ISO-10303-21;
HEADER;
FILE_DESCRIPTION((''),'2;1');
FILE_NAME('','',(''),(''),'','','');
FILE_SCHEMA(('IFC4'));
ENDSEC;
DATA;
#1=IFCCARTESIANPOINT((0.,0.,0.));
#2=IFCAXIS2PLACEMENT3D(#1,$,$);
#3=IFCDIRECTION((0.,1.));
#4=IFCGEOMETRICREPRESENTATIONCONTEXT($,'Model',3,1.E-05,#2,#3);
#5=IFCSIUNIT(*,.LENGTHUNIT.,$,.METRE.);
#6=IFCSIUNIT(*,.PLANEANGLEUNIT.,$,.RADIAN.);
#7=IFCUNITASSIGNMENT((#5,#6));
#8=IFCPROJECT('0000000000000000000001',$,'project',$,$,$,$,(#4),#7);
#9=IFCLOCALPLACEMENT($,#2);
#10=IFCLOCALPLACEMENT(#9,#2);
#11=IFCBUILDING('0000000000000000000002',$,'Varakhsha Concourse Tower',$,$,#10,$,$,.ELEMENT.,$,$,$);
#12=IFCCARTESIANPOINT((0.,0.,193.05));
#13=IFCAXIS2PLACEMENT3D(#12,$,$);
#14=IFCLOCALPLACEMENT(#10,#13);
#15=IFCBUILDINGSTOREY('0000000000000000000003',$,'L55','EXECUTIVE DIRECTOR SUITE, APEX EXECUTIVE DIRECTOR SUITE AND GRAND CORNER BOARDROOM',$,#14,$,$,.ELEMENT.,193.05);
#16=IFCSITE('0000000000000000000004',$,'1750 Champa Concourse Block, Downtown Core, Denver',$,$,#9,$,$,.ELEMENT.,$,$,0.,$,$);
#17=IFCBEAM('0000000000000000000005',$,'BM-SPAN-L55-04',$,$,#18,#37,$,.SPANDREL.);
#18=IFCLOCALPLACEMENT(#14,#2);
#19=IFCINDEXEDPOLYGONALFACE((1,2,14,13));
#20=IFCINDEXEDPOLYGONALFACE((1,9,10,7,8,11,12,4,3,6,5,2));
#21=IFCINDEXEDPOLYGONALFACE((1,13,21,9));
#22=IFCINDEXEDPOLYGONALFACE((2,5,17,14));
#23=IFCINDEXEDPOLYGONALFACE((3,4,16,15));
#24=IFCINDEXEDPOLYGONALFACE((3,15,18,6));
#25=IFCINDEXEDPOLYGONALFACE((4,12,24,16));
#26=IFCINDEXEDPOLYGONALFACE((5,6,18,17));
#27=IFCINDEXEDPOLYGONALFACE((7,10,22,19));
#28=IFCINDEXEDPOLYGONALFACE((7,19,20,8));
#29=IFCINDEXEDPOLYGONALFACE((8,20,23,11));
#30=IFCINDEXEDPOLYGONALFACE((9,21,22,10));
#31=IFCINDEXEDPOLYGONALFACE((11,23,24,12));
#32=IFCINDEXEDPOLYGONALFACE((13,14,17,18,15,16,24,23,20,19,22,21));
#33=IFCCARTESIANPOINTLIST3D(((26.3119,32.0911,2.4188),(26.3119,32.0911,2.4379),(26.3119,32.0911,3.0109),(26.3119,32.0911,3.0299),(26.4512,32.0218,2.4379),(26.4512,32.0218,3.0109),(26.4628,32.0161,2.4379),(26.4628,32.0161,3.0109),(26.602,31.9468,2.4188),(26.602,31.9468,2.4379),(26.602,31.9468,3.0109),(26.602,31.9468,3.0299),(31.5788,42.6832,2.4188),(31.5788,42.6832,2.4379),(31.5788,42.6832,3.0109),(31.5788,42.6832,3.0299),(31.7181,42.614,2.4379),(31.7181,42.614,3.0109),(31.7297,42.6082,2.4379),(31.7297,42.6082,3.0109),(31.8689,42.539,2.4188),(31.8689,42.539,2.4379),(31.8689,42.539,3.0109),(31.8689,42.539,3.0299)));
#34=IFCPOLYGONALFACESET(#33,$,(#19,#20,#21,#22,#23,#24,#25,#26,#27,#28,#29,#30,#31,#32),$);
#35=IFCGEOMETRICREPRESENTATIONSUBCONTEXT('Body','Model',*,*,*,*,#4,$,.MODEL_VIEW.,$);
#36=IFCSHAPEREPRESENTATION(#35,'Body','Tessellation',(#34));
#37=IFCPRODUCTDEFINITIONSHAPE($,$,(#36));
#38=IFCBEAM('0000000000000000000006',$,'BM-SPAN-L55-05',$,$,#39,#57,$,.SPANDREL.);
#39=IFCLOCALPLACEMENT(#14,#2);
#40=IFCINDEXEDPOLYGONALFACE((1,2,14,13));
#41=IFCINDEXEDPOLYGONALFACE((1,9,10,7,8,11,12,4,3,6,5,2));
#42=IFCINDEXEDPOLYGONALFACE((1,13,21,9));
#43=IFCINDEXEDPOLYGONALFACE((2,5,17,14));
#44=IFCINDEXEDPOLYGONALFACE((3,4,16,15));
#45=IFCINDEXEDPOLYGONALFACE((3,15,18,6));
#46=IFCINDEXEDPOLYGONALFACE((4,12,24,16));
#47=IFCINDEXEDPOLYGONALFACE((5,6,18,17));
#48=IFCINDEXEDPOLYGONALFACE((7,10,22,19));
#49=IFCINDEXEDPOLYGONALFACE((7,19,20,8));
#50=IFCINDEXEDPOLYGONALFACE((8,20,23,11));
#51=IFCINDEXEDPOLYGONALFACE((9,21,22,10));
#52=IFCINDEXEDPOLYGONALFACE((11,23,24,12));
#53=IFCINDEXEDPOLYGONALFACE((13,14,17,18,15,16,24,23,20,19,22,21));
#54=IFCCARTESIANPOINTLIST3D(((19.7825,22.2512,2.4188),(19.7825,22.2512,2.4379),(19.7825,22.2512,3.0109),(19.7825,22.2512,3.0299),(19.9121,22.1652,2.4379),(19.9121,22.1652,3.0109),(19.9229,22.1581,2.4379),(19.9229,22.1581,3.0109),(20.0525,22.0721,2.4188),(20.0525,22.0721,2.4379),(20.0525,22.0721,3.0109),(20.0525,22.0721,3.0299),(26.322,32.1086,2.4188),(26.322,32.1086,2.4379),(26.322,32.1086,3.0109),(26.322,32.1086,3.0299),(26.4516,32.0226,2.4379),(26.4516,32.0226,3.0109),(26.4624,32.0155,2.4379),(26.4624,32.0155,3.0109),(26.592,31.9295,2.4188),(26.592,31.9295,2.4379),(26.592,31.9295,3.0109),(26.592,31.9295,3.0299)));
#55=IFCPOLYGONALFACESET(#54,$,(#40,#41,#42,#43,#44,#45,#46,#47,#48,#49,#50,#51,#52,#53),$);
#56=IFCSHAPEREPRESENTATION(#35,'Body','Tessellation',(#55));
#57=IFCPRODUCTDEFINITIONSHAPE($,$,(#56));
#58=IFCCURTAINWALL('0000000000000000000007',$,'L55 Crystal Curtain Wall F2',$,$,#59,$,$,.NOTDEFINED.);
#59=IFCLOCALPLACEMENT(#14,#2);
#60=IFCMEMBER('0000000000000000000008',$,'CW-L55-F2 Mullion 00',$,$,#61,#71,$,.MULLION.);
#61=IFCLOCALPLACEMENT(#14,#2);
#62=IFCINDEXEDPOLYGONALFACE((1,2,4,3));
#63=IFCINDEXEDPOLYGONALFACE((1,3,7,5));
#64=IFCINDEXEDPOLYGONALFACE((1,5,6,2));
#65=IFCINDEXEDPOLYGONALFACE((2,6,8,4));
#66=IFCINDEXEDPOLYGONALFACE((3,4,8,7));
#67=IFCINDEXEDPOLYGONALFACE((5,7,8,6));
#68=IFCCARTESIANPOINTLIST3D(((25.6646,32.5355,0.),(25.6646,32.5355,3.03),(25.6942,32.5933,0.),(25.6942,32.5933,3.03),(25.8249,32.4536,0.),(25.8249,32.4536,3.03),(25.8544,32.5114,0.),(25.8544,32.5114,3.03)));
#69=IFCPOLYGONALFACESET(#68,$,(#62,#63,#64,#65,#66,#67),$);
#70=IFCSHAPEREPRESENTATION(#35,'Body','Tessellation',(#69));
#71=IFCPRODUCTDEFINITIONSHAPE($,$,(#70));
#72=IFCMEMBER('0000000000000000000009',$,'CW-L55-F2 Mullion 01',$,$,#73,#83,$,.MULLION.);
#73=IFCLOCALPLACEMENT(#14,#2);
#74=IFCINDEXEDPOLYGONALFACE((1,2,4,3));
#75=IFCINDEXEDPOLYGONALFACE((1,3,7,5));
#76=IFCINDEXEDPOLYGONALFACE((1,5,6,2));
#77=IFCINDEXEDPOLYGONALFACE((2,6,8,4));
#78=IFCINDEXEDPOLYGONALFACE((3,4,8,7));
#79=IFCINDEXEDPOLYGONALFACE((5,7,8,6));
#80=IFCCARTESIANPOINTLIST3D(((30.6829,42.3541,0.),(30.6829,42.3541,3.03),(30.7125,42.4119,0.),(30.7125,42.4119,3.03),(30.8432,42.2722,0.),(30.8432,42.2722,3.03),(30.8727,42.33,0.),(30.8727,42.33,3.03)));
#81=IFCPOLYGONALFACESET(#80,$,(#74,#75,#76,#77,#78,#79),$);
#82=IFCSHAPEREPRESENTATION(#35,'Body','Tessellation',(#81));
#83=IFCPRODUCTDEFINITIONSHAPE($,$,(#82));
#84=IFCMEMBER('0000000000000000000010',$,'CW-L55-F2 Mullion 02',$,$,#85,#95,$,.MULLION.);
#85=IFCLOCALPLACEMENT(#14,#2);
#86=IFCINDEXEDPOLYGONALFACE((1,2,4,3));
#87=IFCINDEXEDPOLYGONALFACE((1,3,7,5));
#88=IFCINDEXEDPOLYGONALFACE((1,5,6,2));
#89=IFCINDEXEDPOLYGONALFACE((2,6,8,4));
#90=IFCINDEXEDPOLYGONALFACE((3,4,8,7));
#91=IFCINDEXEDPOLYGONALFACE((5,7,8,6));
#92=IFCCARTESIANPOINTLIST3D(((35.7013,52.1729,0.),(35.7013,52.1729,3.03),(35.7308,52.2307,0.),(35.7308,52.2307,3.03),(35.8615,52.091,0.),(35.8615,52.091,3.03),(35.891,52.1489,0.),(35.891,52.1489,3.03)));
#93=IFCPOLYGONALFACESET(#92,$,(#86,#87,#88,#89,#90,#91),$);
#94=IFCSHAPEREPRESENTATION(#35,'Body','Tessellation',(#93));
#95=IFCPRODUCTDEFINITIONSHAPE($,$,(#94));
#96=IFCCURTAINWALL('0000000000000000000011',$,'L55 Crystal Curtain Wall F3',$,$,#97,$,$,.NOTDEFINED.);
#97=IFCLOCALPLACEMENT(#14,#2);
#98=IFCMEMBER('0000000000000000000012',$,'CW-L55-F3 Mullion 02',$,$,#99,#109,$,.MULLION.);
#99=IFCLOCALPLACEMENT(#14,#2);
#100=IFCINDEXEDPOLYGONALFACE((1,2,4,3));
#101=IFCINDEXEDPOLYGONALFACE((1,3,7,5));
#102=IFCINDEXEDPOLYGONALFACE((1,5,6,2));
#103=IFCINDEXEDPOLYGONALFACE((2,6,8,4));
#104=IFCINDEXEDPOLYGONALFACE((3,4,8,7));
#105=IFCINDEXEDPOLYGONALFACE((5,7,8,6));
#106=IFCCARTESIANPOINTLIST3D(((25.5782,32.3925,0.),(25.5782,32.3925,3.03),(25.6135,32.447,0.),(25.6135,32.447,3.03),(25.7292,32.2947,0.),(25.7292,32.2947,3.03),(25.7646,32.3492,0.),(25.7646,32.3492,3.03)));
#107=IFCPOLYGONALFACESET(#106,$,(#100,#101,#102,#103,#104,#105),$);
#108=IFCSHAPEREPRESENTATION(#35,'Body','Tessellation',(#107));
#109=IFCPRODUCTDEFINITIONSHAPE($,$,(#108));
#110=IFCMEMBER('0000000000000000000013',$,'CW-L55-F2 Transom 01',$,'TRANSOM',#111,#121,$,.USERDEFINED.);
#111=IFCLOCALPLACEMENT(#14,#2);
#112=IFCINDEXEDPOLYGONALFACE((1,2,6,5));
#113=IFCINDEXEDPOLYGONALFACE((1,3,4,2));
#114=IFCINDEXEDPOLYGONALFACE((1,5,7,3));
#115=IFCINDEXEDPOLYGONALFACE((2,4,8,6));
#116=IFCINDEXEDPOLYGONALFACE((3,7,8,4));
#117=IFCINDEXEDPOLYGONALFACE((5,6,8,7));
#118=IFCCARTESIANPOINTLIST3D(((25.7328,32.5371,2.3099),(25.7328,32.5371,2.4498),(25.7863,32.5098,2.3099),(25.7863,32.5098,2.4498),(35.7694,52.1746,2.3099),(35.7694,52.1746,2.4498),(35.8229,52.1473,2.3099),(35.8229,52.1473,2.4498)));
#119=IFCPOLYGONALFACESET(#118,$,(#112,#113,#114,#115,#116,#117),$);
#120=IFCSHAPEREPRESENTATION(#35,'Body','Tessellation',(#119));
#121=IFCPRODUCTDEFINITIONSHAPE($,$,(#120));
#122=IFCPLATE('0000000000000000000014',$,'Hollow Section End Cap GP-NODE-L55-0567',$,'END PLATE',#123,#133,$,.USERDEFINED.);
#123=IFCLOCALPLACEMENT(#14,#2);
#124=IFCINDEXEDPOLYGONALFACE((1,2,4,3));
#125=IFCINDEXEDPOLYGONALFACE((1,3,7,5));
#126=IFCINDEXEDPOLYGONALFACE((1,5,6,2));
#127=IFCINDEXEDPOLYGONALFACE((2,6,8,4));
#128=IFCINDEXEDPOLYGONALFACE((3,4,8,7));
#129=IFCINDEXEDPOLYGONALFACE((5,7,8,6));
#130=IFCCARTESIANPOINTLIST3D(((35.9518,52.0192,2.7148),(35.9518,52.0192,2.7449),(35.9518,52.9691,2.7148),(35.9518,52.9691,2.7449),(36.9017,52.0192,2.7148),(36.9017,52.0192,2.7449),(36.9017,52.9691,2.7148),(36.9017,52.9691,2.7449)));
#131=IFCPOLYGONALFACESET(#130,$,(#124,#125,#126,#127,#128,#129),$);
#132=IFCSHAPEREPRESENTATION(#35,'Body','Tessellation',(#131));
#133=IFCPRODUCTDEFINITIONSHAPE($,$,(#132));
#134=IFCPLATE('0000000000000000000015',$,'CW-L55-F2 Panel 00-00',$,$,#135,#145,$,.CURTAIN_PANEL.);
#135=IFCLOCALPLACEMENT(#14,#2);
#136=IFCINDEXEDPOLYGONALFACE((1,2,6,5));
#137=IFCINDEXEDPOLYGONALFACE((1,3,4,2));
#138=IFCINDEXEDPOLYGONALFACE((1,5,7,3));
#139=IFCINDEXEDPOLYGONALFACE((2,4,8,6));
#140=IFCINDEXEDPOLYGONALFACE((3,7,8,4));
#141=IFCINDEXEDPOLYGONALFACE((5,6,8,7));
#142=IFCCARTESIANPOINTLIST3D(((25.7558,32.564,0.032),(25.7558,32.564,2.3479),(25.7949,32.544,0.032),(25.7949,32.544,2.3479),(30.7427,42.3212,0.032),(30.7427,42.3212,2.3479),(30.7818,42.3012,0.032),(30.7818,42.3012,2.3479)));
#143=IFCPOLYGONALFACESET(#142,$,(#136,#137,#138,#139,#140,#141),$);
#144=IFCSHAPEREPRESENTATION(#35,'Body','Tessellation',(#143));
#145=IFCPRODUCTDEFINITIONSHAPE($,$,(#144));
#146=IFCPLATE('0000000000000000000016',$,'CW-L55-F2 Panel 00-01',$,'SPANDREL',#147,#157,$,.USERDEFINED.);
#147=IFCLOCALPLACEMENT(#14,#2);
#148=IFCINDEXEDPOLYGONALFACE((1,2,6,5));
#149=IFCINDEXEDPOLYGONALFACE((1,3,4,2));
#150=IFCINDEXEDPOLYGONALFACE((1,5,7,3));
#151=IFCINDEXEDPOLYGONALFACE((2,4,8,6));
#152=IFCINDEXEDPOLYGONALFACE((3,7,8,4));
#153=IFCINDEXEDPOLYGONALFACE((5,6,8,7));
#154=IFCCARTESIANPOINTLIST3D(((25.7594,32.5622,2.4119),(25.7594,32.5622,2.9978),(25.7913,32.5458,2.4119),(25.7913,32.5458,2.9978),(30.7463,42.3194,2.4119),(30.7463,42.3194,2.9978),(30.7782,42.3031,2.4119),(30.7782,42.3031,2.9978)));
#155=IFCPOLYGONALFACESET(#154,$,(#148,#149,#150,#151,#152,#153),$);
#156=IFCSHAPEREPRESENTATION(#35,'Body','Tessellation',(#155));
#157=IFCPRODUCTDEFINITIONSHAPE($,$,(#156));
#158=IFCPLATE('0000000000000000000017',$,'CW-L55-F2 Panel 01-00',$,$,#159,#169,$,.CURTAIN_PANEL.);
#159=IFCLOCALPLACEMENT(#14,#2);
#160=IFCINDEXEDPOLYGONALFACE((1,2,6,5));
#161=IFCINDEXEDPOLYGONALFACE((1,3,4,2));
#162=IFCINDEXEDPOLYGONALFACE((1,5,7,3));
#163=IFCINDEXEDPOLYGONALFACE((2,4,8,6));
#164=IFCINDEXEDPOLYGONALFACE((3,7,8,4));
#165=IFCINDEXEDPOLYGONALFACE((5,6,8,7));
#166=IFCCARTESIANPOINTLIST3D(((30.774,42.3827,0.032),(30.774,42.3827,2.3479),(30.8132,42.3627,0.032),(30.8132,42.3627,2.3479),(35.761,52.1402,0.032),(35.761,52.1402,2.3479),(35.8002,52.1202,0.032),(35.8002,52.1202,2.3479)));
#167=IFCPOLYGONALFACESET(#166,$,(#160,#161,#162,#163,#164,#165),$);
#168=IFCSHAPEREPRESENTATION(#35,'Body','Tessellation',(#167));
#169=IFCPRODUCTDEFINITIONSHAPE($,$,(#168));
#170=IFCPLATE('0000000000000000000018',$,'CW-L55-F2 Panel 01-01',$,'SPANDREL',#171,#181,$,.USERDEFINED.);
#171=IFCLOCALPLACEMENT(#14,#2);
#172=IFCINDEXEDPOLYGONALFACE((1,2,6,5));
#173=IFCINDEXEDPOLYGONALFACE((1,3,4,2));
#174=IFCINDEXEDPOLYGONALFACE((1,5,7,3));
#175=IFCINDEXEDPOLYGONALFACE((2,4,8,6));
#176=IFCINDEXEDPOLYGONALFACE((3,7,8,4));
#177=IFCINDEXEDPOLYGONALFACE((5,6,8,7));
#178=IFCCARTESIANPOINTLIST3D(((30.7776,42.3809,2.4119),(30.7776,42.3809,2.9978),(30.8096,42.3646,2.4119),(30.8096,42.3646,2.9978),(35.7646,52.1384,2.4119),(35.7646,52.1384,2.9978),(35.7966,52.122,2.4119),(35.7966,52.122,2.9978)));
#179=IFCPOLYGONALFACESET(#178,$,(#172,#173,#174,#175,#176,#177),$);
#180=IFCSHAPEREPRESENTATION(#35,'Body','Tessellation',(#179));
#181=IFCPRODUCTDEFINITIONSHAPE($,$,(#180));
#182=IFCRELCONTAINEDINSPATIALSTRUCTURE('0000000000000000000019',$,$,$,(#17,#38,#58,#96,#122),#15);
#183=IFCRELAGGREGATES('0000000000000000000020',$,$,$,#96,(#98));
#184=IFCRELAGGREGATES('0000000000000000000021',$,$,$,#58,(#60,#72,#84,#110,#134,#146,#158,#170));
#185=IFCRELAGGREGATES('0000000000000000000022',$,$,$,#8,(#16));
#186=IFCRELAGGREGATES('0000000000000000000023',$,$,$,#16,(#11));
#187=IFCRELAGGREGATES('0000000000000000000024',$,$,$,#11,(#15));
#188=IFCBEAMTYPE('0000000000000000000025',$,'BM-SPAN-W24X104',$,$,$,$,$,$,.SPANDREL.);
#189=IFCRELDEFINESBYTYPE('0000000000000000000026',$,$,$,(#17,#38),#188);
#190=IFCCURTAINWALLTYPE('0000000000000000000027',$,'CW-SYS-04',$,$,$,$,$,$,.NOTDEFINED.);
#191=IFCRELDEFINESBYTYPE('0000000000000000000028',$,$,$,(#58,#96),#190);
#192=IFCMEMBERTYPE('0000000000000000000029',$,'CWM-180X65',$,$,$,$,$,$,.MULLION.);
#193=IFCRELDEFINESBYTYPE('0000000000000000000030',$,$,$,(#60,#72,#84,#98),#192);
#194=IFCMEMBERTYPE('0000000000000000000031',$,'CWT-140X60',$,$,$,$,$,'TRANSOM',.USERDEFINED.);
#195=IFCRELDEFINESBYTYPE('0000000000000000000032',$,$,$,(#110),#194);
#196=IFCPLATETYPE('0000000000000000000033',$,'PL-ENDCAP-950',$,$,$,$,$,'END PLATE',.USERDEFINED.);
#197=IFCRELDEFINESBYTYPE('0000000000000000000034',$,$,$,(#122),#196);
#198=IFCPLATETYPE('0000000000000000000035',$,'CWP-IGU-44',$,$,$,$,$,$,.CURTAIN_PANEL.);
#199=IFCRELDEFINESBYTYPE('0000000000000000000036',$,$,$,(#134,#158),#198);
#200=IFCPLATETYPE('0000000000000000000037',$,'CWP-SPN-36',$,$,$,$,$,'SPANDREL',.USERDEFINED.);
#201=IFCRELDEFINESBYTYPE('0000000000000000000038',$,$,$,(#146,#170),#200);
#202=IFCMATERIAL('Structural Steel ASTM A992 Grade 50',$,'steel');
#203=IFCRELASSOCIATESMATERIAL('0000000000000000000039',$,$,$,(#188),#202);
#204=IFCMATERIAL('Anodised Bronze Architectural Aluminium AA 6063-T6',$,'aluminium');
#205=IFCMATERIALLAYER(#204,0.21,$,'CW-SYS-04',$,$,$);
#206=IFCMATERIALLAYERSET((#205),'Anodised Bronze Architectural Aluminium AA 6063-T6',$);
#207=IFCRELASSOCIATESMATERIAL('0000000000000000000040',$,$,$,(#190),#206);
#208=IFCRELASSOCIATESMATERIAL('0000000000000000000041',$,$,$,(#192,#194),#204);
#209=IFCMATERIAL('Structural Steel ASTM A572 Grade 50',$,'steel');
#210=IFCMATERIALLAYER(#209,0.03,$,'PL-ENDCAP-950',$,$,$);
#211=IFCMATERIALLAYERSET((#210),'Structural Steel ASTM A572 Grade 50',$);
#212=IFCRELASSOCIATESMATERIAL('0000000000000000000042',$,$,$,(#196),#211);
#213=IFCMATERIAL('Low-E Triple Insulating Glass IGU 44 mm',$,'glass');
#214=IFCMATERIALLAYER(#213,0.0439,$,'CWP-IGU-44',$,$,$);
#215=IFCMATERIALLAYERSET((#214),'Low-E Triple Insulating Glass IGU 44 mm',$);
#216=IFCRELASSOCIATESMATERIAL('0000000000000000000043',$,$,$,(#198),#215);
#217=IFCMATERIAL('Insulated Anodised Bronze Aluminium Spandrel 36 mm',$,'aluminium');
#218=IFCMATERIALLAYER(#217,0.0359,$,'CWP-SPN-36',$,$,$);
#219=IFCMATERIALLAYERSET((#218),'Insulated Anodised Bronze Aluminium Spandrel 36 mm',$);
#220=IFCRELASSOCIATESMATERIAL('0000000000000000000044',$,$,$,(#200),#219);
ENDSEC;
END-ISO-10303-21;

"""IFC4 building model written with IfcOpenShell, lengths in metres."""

from ifc_helpers import new_model, si_unit, direction, frame, origin, origin_2d, place, context, subcontext, project, spatial, rectangle, i_section, extrude, source, transform, mapped, material, layer, layer_set, material_profile, profile_set, type_object, type_shapes, element, aggregate, save


model = new_model("IFC4")

# Units and contexts
model_context = context("Model", 3, precision=1e-05, world=origin(), true_north=direction((0.0, 1.0)))
body_context = subcontext(model_context, "Body", "Model", "MODEL_VIEW")
ifc_project = project(units=[si_unit("LENGTHUNIT", "METRE"), si_unit("PLANEANGLEUNIT", "RADIAN")], contexts=[model_context])

# Site, building, storey
site_placement = place(None, origin())
site = spatial("IfcSite", under=ifc_project, at=site_placement, Name="1750 Champa Concourse Block, Downtown Core, Denver", CompositionType="ELEMENT", RefElevation=0.0)
building_placement = place(site_placement, origin())
building = spatial("IfcBuilding", under=site, at=building_placement, Name="Varakhsha Concourse Tower", CompositionType="ELEMENT")
storey_placement = place(building_placement, frame((0.0, 0.0, 193.05)))
storey = spatial("IfcBuildingStorey", under=building, at=storey_placement, Name="L55", Description="EXECUTIVE DIRECTOR SUITE, APEX EXECUTIVE DIRECTOR SUITE AND GRAND CORNER BOARDROOM", CompositionType="ELEMENT", Elevation=193.05)

# Shared definitions
ifc_material_1 = material(Name="Structural Steel ASTM A992 Grade 50", Category="steel")
ifc_material_2 = material(Name="Structural Steel ASTM A572 Grade 50", Category="steel")

# Beams
ifc_material_profile_1 = material_profile(ifc_material_1, i_section(OverallWidth=0.324, OverallDepth=0.6111, WebThickness=0.0129, FlangeThickness=0.019, at=origin_2d()), Name="W24X104")
ifc_profile_set_1 = profile_set([ifc_material_profile_1], Name="Structural Steel ASTM A992 Grade 50")
beam_type_1 = type_object("IfcBeamType", Name="BM-SPAN-W24X104", PredefinedType="SPANDREL", material=ifc_profile_set_1)
for number, where, z_axis, x_axis, name in (
    (1, (31.7239, 42.6111, 2.7244), (-0.445239, -0.895412, 0.0), (0.895412, -0.445239, 0.0), "BM-SPAN-L55-04"),
    (2, (26.457, 32.019, 2.7244), (-0.552822, -0.833299, 0.0), (0.833299, -0.552822, 0.0), "BM-SPAN-L55-05"),
):
    element("IfcBeam", number, at=place(storey_placement, frame(where, z_axis=z_axis, x_axis=x_axis)), inside=storey, type_object=beam_type_1, Name=name, PredefinedType="SPANDREL", context=body_context, shape_type="SweptSolid", body=[
        extrude(i_section(OverallWidth=0.324, OverallDepth=0.6111, WebThickness=0.0129, FlangeThickness=0.019, at=origin_2d()), origin(), (0.0, 0.0, 1.0), 11.8293),
    ])

# Curtain wall, members
ifc_material_3 = material(Name="Anodised Bronze Architectural Aluminium AA 6063-T6", Category="aluminium")
ifc_layer_1 = layer(ifc_material_3, 0.21, Name="CW-SYS-04")
ifc_layer_set_1 = layer_set([ifc_layer_1], Name="Anodised Bronze Architectural Aluminium AA 6063-T6")
curtain_wall_type = type_object("IfcCurtainWallType", Name="CW-SYS-04", PredefinedType="NOTDEFINED", material=ifc_layer_set_1)
curtain_wall_1_placement = place(storey_placement, origin())
curtain_wall_1 = element("IfcCurtainWall", 3, at=curtain_wall_1_placement, inside=storey, type_object=curtain_wall_type, Name="L55 Crystal Curtain Wall F2", PredefinedType="NOTDEFINED")
ifc_material_profile_2 = material_profile(ifc_material_3, rectangle(XDim=0.0649, YDim=0.1799, at=origin_2d()), Name="CWM-180X65")
ifc_profile_set_2 = profile_set([ifc_material_profile_2], Name="Anodised Bronze Architectural Aluminium AA 6063-T6")
member_type_1 = type_object("IfcMemberType", Name="CWM-180X65", PredefinedType="MULLION", material=ifc_profile_set_2)
shared_shape_1 = source(origin(), body_context, "Body", "SweptSolid", [
    extrude(rectangle(XDim=0.0649, YDim=0.1799, at=origin_2d()), origin(), (0.0, 0.0, 1.0), 3.03),
])
type_shapes(member_type_1, [shared_shape_1])
member_1_placement = place(storey_placement, frame((25.7595, 32.5234, 0.0), z_axis=(0.0, 0.0, 1.0), x_axis=(0.455102, 0.890439, 0.0)))
member_1 = element("IfcMember", 4, at=member_1_placement, type_object=member_type_1, Name="CW-L55-F2 Mullion 00", PredefinedType="MULLION", context=body_context, shape_type="MappedRepresentation", body=[
    mapped(shared_shape_1, transform((0.0, 0.0, 0.0), scale=1.0)),
])
member_2_placement = place(storey_placement, frame((30.7778, 42.342, 0.0), z_axis=(0.0, 0.0, 1.0), x_axis=(0.455102, 0.890439, 0.0)))
member_2 = element("IfcMember", 5, at=member_2_placement, type_object=member_type_1, Name="CW-L55-F2 Mullion 01", PredefinedType="MULLION", context=body_context, shape_type="MappedRepresentation", body=[
    mapped(shared_shape_1, transform((0.0, 0.0, 0.0), scale=1.0)),
])
member_3_placement = place(storey_placement, frame((35.7961, 52.1609, 0.0), z_axis=(0.0, 0.0, 1.0), x_axis=(0.455102, 0.890439, 0.0)))
member_3 = element("IfcMember", 6, at=member_3_placement, type_object=member_type_1, Name="CW-L55-F2 Mullion 02", PredefinedType="MULLION", context=body_context, shape_type="MappedRepresentation", body=[
    mapped(shared_shape_1, transform((0.0, 0.0, 0.0), scale=1.0)),
])

# Curtain wall, member
curtain_wall_2_placement = place(storey_placement, origin())
curtain_wall_2 = element("IfcCurtainWall", 7, at=curtain_wall_2_placement, inside=storey, type_object=curtain_wall_type, Name="L55 Crystal Curtain Wall F3", PredefinedType="NOTDEFINED")
member_4_placement = place(storey_placement, frame((25.6714, 32.3708, 0.0), z_axis=(0.0, 0.0, 1.0), x_axis=(0.543588, 0.839352, 0.0)))
member_4 = element("IfcMember", 8, at=member_4_placement, type_object=member_type_1, Name="CW-L55-F3 Mullion 02", PredefinedType="MULLION", context=body_context, shape_type="MappedRepresentation", body=[
    mapped(shared_shape_1, transform((0.0, 0.0, 0.0), scale=1.0)),
])
aggregate(curtain_wall_2, [member_4])

# Member
ifc_material_profile_3 = material_profile(ifc_material_3, rectangle(XDim=0.0601, YDim=0.1399, at=origin_2d()), Name="CWT-140X60")
ifc_profile_set_3 = profile_set([ifc_material_profile_3], Name="Anodised Bronze Architectural Aluminium AA 6063-T6")
member_type_2 = type_object("IfcMemberType", Name="CWT-140X60", ElementType="TRANSOM", PredefinedType="USERDEFINED", material=ifc_profile_set_3)
shared_shape_2 = source(origin(), body_context, "Body", "SweptSolid", [
    extrude(rectangle(XDim=0.0601, YDim=0.1399, at=origin_2d()), origin(), (0.0, 0.0, 1.0), 22.0537),
])
type_shapes(member_type_2, [shared_shape_2])
member_5_placement = place(storey_placement, frame((25.7595, 32.5234, 2.3799), z_axis=(0.4551, 0.89044, 0.0), x_axis=(-0.89044, 0.4551, 0.0)))
member_5 = element("IfcMember", 9, at=member_5_placement, type_object=member_type_2, Name="CW-L55-F2 Transom 01", ObjectType="TRANSOM", PredefinedType="USERDEFINED", context=body_context, shape_type="MappedRepresentation", body=[
    mapped(shared_shape_2, transform((0.0, 0.0, 0.0), scale=1.0)),
])

# Plates
ifc_layer_2 = layer(ifc_material_2, 0.03, Name="PL-ENDCAP-950")
ifc_layer_set_2 = layer_set([ifc_layer_2], Name="Structural Steel ASTM A572 Grade 50")
plate_type_1 = type_object("IfcPlateType", Name="PL-ENDCAP-950", ElementType="END PLATE", PredefinedType="USERDEFINED", material=ifc_layer_set_2)
shared_shape_3 = source(origin(), body_context, "Body", "SweptSolid", [
    extrude(rectangle(XDim=0.95, YDim=0.95, at=origin_2d()), origin(), (0.0, 0.0, 1.0), 0.03),
])
type_shapes(plate_type_1, [shared_shape_3])
plate_1_placement = place(storey_placement, frame((36.4268, 52.4941, 2.7148), z_axis=(0.0, 0.0, 1.0), x_axis=(1.0, 0.0, 0.0)))
element("IfcPlate", 10, at=plate_1_placement, inside=storey, type_object=plate_type_1, Name="Hollow Section End Cap GP-NODE-L55-0567", ObjectType="END PLATE", PredefinedType="USERDEFINED", context=body_context, shape_type="MappedRepresentation", body=[
    mapped(shared_shape_3, transform((0.0, 0.0, 0.0), scale=1.0)),
])
ifc_material_4 = material(Name="Low-E Triple Insulating Glass IGU 44 mm", Category="glass")
ifc_layer_3 = layer(ifc_material_4, 0.0439, Name="CWP-IGU-44")
ifc_layer_set_3 = layer_set([ifc_layer_3], Name="Low-E Triple Insulating Glass IGU 44 mm")
plate_type_2 = type_object("IfcPlateType", Name="CWP-IGU-44", PredefinedType="CURTAIN_PANEL", material=ifc_layer_set_3)
shared_shape_4 = source(origin(), body_context, "Body", "SweptSolid", [
    extrude(rectangle(XDim=10.9578, YDim=0.0439, at=origin_2d()), origin(), (0.0, 0.0, 1.0), 2.3159),
])
plate_2_placement = place(storey_placement, frame((28.2688, 37.4326, 0.032), z_axis=(0.0, 0.0, 1.0), x_axis=(0.455102, 0.890439, 0.0)))
plate_2 = element("IfcPlate", 11, at=plate_2_placement, type_object=plate_type_2, Name="CW-L55-F2 Panel 00-00", PredefinedType="CURTAIN_PANEL", context=body_context, shape_type="MappedRepresentation", body=[
    mapped(shared_shape_4, transform((0.0, 0.0, 0.0), scale=1.0)),
])
ifc_material_5 = material(Name="Insulated Anodised Bronze Aluminium Spandrel 36 mm", Category="aluminium")
ifc_layer_4 = layer(ifc_material_5, 0.0359, Name="CWP-SPN-36")
ifc_layer_set_4 = layer_set([ifc_layer_4], Name="Insulated Anodised Bronze Aluminium Spandrel 36 mm")
plate_type_3 = type_object("IfcPlateType", Name="CWP-SPN-36", ElementType="SPANDREL", PredefinedType="USERDEFINED", material=ifc_layer_set_4)
shared_shape_5 = source(origin(), body_context, "Body", "SweptSolid", [
    extrude(rectangle(XDim=10.9578, YDim=0.0359, at=origin_2d()), origin(), (0.0, 0.0, 1.0), 0.5859),
])
plate_3_placement = place(storey_placement, frame((28.2688, 37.4326, 2.4119), z_axis=(0.0, 0.0, 1.0), x_axis=(0.455102, 0.890439, 0.0)))
plate_3 = element("IfcPlate", 12, at=plate_3_placement, type_object=plate_type_3, Name="CW-L55-F2 Panel 00-01", ObjectType="SPANDREL", PredefinedType="USERDEFINED", context=body_context, shape_type="MappedRepresentation", body=[
    mapped(shared_shape_5, transform((0.0, 0.0, 0.0), scale=1.0)),
])
shared_shape_6 = source(origin(), body_context, "Body", "SweptSolid", [
    extrude(rectangle(XDim=10.958, YDim=0.0439, at=origin_2d()), origin(), (0.0, 0.0, 1.0), 2.3159),
])
type_shapes(plate_type_2, [shared_shape_4, shared_shape_6])
plate_4_placement = place(storey_placement, frame((33.2871, 47.2515, 0.032), z_axis=(0.0, 0.0, 1.0), x_axis=(0.455102, 0.890439, 0.0)))
plate_4 = element("IfcPlate", 13, at=plate_4_placement, type_object=plate_type_2, Name="CW-L55-F2 Panel 01-00", PredefinedType="CURTAIN_PANEL", context=body_context, shape_type="MappedRepresentation", body=[
    mapped(shared_shape_6, transform((0.0, 0.0, 0.0), scale=1.0)),
])
shared_shape_7 = source(origin(), body_context, "Body", "SweptSolid", [
    extrude(rectangle(XDim=10.958, YDim=0.0359, at=origin_2d()), origin(), (0.0, 0.0, 1.0), 0.5859),
])
type_shapes(plate_type_3, [shared_shape_5, shared_shape_7])
plate_5_placement = place(storey_placement, frame((33.2871, 47.2515, 2.4119), z_axis=(0.0, 0.0, 1.0), x_axis=(0.455102, 0.890439, 0.0)))
plate_5 = element("IfcPlate", 14, at=plate_5_placement, type_object=plate_type_3, Name="CW-L55-F2 Panel 01-01", ObjectType="SPANDREL", PredefinedType="USERDEFINED", context=body_context, shape_type="MappedRepresentation", body=[
    mapped(shared_shape_7, transform((0.0, 0.0, 0.0), scale=1.0)),
])
aggregate(curtain_wall_1, [member_1, member_2, member_3, member_5, plate_2, plate_3, plate_4, plate_5])

save(model, "model.ifc")
